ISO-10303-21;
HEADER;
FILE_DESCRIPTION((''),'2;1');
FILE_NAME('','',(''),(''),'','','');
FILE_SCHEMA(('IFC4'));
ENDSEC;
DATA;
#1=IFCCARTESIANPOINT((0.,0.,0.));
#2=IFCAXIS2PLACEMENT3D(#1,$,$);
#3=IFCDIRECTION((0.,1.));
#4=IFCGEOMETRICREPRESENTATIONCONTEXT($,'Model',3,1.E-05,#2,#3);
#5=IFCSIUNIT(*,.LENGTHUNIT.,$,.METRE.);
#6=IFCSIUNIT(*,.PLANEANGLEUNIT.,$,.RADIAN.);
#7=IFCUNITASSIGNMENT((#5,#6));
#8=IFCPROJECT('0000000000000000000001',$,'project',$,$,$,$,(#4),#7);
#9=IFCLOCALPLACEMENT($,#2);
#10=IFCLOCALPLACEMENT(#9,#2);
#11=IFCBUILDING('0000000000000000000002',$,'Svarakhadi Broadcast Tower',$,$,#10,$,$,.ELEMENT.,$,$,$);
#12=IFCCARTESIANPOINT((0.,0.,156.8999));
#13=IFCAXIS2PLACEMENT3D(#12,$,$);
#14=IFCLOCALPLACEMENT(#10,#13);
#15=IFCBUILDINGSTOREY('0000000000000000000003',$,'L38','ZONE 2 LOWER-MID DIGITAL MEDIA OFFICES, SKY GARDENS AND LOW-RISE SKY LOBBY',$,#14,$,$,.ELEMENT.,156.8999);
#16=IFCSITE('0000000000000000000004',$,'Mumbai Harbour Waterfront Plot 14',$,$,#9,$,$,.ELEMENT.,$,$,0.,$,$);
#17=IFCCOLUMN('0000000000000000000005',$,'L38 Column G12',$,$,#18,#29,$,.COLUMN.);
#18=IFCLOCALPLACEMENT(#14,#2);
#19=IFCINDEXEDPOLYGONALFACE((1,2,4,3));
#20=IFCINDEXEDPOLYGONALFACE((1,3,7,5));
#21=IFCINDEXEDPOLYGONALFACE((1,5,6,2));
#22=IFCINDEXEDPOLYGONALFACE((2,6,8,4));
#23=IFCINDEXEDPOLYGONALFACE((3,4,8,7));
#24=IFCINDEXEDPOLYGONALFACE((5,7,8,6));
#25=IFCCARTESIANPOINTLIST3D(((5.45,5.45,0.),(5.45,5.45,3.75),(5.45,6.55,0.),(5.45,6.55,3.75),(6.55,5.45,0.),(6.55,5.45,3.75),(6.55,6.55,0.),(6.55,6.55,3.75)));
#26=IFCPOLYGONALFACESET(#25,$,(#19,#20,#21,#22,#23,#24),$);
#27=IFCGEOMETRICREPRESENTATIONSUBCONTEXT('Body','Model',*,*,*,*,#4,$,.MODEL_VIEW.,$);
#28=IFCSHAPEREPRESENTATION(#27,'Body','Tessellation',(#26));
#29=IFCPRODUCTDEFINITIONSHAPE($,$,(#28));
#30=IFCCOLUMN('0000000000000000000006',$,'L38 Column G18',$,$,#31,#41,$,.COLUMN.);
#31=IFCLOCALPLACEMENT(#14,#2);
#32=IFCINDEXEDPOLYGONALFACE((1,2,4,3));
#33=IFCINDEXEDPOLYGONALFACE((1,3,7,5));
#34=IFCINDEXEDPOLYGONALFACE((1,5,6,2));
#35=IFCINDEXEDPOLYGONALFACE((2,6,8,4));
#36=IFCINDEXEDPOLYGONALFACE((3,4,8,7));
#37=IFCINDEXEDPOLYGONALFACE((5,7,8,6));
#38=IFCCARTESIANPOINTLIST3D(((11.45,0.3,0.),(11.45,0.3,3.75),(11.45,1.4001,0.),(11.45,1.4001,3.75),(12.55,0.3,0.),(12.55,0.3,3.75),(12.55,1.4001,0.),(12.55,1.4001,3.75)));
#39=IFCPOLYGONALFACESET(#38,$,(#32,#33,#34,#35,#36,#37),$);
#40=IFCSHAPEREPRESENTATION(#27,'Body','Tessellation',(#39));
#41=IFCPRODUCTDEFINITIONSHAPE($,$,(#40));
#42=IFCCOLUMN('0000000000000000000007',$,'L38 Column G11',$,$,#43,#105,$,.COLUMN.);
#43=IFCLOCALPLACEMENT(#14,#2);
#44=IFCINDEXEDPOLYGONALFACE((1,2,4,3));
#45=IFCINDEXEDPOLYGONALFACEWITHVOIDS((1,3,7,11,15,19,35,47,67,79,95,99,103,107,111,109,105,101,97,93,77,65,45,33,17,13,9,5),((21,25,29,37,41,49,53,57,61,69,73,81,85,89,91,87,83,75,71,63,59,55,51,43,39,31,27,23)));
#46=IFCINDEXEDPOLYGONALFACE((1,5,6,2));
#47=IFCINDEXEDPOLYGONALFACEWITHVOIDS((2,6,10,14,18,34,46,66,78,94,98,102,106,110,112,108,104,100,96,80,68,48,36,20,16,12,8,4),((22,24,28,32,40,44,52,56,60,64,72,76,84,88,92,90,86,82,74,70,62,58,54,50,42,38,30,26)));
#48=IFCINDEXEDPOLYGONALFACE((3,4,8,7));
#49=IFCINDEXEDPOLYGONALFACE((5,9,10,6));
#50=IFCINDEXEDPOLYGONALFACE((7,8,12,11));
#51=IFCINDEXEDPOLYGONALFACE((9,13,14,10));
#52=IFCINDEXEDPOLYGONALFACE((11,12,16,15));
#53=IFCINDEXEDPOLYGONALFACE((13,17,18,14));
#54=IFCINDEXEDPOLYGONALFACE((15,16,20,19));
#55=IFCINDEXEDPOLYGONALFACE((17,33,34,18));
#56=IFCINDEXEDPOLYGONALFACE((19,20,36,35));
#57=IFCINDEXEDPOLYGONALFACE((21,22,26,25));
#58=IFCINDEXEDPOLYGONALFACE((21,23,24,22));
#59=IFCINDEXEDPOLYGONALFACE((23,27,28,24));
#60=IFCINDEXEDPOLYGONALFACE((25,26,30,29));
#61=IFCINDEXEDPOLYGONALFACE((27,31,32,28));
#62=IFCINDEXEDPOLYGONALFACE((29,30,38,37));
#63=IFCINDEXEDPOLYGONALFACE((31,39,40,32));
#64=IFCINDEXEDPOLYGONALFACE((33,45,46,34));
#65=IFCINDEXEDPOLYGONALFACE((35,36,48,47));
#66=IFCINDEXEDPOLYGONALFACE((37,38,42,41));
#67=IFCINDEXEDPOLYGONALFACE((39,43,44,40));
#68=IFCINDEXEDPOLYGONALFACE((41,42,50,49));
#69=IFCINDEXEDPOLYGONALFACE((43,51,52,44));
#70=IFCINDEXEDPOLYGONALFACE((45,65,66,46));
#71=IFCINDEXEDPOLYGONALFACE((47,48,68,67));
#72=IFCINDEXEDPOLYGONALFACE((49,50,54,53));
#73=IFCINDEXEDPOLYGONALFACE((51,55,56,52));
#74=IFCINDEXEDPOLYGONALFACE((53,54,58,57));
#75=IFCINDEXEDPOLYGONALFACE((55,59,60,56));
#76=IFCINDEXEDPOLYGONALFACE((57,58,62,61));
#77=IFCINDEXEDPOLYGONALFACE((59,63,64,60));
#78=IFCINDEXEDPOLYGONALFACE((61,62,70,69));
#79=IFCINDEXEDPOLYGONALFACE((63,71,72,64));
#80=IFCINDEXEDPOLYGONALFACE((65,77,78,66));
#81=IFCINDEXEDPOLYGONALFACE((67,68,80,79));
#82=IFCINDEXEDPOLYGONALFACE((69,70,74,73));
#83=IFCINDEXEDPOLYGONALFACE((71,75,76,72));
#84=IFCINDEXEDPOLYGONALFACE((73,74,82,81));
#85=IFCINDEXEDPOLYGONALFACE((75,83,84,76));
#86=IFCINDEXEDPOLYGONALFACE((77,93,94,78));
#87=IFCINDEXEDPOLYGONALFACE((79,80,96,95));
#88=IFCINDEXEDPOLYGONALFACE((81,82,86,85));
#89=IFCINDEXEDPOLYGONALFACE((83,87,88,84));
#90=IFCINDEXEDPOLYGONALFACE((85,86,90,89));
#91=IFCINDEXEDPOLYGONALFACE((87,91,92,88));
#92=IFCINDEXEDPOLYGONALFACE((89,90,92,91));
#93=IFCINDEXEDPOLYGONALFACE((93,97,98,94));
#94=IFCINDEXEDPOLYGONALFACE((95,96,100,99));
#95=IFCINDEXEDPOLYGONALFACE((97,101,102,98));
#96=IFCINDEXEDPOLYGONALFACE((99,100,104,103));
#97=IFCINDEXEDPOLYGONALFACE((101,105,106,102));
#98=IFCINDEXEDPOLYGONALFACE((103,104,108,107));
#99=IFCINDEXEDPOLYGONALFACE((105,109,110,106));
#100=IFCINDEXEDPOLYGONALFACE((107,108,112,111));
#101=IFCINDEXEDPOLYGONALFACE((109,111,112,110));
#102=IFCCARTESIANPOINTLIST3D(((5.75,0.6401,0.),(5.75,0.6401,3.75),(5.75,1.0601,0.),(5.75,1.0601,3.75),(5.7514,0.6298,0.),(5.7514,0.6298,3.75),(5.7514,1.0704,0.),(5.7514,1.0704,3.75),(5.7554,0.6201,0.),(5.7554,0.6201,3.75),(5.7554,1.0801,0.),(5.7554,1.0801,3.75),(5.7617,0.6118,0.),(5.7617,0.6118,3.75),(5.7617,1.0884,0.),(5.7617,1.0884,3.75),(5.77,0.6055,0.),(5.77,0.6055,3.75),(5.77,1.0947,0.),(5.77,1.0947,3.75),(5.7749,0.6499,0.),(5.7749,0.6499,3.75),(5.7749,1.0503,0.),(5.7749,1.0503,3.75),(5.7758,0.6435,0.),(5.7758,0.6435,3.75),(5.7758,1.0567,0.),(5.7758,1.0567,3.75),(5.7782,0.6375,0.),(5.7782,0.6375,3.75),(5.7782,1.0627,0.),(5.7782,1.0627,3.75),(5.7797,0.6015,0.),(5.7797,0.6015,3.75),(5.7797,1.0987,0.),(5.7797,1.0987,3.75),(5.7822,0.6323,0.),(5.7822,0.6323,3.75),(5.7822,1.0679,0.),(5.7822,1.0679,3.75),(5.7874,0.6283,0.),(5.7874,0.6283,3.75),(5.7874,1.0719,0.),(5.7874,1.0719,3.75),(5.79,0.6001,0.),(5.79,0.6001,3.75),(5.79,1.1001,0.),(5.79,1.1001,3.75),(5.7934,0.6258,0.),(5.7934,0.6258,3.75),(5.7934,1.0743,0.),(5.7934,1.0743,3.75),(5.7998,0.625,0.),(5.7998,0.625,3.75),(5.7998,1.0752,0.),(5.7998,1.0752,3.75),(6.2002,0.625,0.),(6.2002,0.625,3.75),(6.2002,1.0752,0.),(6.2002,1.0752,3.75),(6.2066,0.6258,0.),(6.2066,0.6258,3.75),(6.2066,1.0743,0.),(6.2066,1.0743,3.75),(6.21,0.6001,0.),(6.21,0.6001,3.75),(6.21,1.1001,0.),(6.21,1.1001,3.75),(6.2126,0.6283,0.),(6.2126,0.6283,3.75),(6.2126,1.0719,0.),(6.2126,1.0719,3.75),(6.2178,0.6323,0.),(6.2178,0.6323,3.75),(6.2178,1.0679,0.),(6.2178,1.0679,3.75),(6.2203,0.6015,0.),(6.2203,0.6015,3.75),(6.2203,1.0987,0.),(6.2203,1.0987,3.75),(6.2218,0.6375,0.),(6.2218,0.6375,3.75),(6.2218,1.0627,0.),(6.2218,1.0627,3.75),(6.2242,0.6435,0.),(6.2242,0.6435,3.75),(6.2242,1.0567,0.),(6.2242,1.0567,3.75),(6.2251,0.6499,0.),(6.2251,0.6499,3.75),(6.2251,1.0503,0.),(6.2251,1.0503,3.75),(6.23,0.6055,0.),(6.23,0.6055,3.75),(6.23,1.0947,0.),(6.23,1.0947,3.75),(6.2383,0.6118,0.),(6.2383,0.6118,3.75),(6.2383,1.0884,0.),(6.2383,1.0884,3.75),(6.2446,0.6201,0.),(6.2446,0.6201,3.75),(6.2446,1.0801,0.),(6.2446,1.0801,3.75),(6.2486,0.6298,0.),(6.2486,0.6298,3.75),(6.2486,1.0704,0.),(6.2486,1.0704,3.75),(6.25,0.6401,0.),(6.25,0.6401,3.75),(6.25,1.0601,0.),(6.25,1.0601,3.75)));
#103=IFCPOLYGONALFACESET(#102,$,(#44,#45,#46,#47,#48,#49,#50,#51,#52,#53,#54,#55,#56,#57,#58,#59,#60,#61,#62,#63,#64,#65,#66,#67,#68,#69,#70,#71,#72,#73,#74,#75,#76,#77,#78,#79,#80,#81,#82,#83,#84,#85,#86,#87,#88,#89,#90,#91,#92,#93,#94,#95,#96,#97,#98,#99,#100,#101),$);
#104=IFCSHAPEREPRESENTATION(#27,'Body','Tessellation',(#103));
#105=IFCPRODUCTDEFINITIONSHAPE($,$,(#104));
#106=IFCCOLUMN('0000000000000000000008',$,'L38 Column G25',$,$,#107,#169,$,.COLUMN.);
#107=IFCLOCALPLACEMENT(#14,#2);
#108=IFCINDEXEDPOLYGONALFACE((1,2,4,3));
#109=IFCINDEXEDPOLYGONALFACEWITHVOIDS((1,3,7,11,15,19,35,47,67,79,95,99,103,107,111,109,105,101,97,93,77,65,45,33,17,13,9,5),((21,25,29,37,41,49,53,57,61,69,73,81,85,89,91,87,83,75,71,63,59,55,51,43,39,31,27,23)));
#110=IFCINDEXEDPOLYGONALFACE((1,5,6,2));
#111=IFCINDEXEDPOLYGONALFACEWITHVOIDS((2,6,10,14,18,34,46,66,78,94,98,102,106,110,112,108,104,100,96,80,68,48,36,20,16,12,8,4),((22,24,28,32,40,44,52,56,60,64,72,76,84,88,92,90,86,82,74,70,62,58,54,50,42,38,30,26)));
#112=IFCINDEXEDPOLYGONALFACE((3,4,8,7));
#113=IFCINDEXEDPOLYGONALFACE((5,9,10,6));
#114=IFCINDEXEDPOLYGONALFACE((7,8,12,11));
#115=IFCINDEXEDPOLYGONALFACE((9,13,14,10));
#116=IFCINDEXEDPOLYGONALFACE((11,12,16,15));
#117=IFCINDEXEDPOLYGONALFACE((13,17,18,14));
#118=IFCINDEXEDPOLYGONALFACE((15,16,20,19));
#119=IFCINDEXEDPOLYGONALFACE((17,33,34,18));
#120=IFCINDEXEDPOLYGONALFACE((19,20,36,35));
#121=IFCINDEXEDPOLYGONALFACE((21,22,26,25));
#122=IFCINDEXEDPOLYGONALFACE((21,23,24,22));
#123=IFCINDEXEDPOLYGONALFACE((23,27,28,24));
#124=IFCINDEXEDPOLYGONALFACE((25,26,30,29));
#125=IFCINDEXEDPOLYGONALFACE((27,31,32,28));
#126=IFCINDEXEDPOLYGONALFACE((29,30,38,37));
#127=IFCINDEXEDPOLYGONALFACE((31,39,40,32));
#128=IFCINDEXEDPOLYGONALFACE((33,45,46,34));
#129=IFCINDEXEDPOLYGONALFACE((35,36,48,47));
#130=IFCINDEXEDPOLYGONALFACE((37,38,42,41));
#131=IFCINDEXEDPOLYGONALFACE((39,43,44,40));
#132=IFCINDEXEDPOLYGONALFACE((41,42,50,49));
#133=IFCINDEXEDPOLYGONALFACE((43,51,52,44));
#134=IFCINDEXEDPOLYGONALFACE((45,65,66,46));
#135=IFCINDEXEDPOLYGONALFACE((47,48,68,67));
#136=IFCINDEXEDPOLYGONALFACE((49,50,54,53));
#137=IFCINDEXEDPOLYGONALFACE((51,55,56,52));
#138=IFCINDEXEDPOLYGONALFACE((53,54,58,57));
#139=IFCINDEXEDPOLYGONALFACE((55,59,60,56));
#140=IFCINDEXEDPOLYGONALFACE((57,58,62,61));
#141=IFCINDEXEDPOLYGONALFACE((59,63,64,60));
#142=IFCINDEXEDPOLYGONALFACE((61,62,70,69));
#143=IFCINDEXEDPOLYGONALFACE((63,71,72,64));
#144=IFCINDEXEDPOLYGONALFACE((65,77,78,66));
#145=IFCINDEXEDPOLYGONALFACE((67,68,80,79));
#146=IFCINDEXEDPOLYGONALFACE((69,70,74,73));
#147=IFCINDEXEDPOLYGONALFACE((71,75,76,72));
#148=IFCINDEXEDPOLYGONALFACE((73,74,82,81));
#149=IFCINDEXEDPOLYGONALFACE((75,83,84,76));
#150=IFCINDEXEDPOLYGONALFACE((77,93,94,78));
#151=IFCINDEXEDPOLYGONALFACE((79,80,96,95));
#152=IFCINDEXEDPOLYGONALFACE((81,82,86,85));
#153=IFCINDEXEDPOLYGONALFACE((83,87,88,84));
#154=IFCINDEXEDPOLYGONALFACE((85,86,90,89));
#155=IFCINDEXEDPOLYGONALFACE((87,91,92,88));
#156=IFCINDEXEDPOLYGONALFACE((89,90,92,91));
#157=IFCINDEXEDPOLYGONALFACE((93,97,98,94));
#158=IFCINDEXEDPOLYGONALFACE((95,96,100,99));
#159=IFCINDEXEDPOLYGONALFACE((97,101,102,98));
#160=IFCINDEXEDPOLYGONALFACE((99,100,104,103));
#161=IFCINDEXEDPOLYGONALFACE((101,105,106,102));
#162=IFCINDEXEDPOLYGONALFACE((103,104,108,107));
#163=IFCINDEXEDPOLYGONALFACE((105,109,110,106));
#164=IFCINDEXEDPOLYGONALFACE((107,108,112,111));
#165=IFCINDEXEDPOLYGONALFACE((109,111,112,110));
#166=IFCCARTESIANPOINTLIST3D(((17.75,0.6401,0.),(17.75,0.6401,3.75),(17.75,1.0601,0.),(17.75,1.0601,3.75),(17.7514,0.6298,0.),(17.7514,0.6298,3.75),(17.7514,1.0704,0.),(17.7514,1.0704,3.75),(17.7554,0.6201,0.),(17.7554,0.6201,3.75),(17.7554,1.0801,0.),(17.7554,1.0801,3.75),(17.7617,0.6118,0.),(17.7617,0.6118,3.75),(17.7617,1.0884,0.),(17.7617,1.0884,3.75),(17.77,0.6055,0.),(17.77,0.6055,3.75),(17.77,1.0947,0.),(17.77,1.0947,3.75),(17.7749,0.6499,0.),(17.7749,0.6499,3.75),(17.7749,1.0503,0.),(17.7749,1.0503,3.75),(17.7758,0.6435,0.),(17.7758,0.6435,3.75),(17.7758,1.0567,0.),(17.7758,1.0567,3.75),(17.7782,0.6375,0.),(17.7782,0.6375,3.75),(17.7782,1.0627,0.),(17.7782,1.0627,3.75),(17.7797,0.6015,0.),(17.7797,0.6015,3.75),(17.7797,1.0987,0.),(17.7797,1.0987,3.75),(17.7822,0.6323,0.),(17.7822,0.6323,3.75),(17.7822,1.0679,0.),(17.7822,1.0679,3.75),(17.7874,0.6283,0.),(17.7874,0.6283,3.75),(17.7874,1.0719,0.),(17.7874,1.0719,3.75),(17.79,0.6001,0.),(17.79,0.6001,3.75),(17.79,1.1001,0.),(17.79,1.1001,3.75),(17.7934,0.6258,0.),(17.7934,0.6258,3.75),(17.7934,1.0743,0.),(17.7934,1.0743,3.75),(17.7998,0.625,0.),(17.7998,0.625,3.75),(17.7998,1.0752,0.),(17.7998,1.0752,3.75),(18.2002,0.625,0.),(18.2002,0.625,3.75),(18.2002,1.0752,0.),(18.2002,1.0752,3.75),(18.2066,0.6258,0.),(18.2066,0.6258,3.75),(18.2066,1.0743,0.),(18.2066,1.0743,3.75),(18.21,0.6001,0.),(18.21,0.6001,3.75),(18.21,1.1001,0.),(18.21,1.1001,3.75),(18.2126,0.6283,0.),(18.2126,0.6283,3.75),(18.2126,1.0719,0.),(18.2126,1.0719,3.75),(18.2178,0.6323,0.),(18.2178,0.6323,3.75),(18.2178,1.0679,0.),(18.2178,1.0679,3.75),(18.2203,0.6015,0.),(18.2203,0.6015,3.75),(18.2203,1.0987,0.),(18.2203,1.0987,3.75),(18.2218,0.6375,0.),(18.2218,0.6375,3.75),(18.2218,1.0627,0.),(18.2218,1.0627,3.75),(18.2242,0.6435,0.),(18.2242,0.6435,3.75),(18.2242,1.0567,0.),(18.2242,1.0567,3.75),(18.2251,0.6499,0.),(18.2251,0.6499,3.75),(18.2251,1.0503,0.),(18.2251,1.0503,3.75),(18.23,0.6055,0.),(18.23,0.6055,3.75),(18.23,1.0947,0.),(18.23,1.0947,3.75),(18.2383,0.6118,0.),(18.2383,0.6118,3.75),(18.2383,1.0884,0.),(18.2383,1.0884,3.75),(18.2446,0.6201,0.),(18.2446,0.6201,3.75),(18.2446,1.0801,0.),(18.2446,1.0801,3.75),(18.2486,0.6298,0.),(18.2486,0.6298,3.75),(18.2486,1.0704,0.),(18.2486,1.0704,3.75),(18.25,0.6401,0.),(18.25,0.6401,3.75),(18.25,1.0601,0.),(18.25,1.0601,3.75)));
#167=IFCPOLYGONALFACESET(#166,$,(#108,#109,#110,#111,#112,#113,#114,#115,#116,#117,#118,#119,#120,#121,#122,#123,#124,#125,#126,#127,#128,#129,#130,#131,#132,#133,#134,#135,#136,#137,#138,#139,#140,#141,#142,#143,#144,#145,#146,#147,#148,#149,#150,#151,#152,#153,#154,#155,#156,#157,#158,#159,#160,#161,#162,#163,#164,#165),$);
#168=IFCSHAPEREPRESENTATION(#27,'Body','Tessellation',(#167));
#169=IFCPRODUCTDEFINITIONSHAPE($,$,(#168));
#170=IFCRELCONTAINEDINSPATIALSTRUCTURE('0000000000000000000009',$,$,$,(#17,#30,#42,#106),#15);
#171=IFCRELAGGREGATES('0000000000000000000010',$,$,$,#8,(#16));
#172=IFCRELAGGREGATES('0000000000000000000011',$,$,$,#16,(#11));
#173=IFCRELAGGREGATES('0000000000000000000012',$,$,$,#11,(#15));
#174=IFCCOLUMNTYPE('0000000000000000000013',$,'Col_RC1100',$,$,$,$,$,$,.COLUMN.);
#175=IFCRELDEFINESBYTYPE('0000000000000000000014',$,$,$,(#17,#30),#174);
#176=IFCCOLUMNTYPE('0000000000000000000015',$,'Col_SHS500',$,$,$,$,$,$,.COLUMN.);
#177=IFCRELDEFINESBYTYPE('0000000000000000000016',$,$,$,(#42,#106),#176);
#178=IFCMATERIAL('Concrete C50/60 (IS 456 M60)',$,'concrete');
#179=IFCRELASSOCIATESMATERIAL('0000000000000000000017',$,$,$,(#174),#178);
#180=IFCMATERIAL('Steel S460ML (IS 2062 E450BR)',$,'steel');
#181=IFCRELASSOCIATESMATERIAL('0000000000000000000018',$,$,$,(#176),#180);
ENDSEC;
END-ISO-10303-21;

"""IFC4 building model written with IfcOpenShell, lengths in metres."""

from ifc_helpers import new_model, si_unit, direction, frame, origin, origin_2d, place, context, subcontext, project, spatial, rectangle, hollow_rectangle, extrude, material, material_profile, profile_set, type_object, element, save


model = new_model("IFC4")

# Units and contexts
model_context = context("Model", 3, precision=1e-05, world=origin(), true_north=direction((0.0, 1.0)))
body_context = subcontext(model_context, "Body", "Model", "MODEL_VIEW")
ifc_project = project(units=[si_unit("LENGTHUNIT", "METRE"), si_unit("PLANEANGLEUNIT", "RADIAN")], contexts=[model_context])

# Site, building, storey
site_placement = place(None, origin())
site = spatial("IfcSite", under=ifc_project, at=site_placement, Name="Mumbai Harbour Waterfront Plot 14", CompositionType="ELEMENT", RefElevation=0.0)
building_placement = place(site_placement, origin())
building = spatial("IfcBuilding", under=site, at=building_placement, Name="Svarakhadi Broadcast Tower", CompositionType="ELEMENT")
storey_placement = place(building_placement, frame((0.0, 0.0, 156.8999)))
storey = spatial("IfcBuildingStorey", under=building, at=storey_placement, Name="L38", Description="ZONE 2 LOWER-MID DIGITAL MEDIA OFFICES, SKY GARDENS AND LOW-RISE SKY LOBBY", CompositionType="ELEMENT", Elevation=156.8999)

# Columns
ifc_material_1 = material(Name="Concrete C50/60 (IS 456 M60)", Category="concrete")
ifc_material_profile_1 = material_profile(ifc_material_1, rectangle(XDim=1.1001, YDim=1.1001, at=origin_2d()), Name="RC 1100x1100")
ifc_profile_set_1 = profile_set([ifc_material_profile_1], Name="Concrete C50/60 (IS 456 M60)")
column_type_1 = type_object("IfcColumnType", Name="Col_RC1100", PredefinedType="COLUMN", material=ifc_profile_set_1)
for number, where, z_axis, x_axis, name in (
    (1, (6.0, 6.0, 0.0), (0.0, 0.0, 1.0), (1.0, 0.0, 0.0), "L38 Column G12"),
    (2, (12.0, 0.8501, 0.0), (0.0, 0.0, 1.0), (1.0, 0.0, 0.0), "L38 Column G18"),
):
    element("IfcColumn", number, at=place(storey_placement, frame(where, z_axis=z_axis, x_axis=x_axis)), inside=storey, type_object=column_type_1, Name=name, PredefinedType="COLUMN", context=body_context, shape_type="SweptSolid", body=[
        extrude(rectangle(XDim=1.1001, YDim=1.1001, at=origin_2d()), origin(), (0.0, 0.0, 1.0), 3.75),
    ])
ifc_material_2 = material(Name="Steel S460ML (IS 2062 E450BR)", Category="steel")
ifc_material_profile_2 = material_profile(ifc_material_2, hollow_rectangle(XDim=0.5, YDim=0.5, WallThickness=0.0249, InnerFilletRadius=0.0249, OuterFilletRadius=0.04, at=origin_2d()), Name="SHS 500x500x25")
ifc_profile_set_2 = profile_set([ifc_material_profile_2], Name="Steel S460ML (IS 2062 E450BR)")
column_type_2 = type_object("IfcColumnType", Name="Col_SHS500", PredefinedType="COLUMN", material=ifc_profile_set_2)
for number, where, z_axis, x_axis, name in (
    (3, (6.0, 0.8501, 0.0), (0.0, 0.0, 1.0), (1.0, 0.0, 0.0), "L38 Column G11"),
    (4, (18.0, 0.8501, 0.0), (0.0, 0.0, 1.0), (1.0, 0.0, 0.0), "L38 Column G25"),
):
    element("IfcColumn", number, at=place(storey_placement, frame(where, z_axis=z_axis, x_axis=x_axis)), inside=storey, type_object=column_type_2, Name=name, PredefinedType="COLUMN", context=body_context, shape_type="SweptSolid", body=[
        extrude(hollow_rectangle(XDim=0.5, YDim=0.5, WallThickness=0.0249, InnerFilletRadius=0.0249, OuterFilletRadius=0.04, at=origin_2d()), origin(), (0.0, 0.0, 1.0), 3.75),
    ])

save(model, "model.ifc")
